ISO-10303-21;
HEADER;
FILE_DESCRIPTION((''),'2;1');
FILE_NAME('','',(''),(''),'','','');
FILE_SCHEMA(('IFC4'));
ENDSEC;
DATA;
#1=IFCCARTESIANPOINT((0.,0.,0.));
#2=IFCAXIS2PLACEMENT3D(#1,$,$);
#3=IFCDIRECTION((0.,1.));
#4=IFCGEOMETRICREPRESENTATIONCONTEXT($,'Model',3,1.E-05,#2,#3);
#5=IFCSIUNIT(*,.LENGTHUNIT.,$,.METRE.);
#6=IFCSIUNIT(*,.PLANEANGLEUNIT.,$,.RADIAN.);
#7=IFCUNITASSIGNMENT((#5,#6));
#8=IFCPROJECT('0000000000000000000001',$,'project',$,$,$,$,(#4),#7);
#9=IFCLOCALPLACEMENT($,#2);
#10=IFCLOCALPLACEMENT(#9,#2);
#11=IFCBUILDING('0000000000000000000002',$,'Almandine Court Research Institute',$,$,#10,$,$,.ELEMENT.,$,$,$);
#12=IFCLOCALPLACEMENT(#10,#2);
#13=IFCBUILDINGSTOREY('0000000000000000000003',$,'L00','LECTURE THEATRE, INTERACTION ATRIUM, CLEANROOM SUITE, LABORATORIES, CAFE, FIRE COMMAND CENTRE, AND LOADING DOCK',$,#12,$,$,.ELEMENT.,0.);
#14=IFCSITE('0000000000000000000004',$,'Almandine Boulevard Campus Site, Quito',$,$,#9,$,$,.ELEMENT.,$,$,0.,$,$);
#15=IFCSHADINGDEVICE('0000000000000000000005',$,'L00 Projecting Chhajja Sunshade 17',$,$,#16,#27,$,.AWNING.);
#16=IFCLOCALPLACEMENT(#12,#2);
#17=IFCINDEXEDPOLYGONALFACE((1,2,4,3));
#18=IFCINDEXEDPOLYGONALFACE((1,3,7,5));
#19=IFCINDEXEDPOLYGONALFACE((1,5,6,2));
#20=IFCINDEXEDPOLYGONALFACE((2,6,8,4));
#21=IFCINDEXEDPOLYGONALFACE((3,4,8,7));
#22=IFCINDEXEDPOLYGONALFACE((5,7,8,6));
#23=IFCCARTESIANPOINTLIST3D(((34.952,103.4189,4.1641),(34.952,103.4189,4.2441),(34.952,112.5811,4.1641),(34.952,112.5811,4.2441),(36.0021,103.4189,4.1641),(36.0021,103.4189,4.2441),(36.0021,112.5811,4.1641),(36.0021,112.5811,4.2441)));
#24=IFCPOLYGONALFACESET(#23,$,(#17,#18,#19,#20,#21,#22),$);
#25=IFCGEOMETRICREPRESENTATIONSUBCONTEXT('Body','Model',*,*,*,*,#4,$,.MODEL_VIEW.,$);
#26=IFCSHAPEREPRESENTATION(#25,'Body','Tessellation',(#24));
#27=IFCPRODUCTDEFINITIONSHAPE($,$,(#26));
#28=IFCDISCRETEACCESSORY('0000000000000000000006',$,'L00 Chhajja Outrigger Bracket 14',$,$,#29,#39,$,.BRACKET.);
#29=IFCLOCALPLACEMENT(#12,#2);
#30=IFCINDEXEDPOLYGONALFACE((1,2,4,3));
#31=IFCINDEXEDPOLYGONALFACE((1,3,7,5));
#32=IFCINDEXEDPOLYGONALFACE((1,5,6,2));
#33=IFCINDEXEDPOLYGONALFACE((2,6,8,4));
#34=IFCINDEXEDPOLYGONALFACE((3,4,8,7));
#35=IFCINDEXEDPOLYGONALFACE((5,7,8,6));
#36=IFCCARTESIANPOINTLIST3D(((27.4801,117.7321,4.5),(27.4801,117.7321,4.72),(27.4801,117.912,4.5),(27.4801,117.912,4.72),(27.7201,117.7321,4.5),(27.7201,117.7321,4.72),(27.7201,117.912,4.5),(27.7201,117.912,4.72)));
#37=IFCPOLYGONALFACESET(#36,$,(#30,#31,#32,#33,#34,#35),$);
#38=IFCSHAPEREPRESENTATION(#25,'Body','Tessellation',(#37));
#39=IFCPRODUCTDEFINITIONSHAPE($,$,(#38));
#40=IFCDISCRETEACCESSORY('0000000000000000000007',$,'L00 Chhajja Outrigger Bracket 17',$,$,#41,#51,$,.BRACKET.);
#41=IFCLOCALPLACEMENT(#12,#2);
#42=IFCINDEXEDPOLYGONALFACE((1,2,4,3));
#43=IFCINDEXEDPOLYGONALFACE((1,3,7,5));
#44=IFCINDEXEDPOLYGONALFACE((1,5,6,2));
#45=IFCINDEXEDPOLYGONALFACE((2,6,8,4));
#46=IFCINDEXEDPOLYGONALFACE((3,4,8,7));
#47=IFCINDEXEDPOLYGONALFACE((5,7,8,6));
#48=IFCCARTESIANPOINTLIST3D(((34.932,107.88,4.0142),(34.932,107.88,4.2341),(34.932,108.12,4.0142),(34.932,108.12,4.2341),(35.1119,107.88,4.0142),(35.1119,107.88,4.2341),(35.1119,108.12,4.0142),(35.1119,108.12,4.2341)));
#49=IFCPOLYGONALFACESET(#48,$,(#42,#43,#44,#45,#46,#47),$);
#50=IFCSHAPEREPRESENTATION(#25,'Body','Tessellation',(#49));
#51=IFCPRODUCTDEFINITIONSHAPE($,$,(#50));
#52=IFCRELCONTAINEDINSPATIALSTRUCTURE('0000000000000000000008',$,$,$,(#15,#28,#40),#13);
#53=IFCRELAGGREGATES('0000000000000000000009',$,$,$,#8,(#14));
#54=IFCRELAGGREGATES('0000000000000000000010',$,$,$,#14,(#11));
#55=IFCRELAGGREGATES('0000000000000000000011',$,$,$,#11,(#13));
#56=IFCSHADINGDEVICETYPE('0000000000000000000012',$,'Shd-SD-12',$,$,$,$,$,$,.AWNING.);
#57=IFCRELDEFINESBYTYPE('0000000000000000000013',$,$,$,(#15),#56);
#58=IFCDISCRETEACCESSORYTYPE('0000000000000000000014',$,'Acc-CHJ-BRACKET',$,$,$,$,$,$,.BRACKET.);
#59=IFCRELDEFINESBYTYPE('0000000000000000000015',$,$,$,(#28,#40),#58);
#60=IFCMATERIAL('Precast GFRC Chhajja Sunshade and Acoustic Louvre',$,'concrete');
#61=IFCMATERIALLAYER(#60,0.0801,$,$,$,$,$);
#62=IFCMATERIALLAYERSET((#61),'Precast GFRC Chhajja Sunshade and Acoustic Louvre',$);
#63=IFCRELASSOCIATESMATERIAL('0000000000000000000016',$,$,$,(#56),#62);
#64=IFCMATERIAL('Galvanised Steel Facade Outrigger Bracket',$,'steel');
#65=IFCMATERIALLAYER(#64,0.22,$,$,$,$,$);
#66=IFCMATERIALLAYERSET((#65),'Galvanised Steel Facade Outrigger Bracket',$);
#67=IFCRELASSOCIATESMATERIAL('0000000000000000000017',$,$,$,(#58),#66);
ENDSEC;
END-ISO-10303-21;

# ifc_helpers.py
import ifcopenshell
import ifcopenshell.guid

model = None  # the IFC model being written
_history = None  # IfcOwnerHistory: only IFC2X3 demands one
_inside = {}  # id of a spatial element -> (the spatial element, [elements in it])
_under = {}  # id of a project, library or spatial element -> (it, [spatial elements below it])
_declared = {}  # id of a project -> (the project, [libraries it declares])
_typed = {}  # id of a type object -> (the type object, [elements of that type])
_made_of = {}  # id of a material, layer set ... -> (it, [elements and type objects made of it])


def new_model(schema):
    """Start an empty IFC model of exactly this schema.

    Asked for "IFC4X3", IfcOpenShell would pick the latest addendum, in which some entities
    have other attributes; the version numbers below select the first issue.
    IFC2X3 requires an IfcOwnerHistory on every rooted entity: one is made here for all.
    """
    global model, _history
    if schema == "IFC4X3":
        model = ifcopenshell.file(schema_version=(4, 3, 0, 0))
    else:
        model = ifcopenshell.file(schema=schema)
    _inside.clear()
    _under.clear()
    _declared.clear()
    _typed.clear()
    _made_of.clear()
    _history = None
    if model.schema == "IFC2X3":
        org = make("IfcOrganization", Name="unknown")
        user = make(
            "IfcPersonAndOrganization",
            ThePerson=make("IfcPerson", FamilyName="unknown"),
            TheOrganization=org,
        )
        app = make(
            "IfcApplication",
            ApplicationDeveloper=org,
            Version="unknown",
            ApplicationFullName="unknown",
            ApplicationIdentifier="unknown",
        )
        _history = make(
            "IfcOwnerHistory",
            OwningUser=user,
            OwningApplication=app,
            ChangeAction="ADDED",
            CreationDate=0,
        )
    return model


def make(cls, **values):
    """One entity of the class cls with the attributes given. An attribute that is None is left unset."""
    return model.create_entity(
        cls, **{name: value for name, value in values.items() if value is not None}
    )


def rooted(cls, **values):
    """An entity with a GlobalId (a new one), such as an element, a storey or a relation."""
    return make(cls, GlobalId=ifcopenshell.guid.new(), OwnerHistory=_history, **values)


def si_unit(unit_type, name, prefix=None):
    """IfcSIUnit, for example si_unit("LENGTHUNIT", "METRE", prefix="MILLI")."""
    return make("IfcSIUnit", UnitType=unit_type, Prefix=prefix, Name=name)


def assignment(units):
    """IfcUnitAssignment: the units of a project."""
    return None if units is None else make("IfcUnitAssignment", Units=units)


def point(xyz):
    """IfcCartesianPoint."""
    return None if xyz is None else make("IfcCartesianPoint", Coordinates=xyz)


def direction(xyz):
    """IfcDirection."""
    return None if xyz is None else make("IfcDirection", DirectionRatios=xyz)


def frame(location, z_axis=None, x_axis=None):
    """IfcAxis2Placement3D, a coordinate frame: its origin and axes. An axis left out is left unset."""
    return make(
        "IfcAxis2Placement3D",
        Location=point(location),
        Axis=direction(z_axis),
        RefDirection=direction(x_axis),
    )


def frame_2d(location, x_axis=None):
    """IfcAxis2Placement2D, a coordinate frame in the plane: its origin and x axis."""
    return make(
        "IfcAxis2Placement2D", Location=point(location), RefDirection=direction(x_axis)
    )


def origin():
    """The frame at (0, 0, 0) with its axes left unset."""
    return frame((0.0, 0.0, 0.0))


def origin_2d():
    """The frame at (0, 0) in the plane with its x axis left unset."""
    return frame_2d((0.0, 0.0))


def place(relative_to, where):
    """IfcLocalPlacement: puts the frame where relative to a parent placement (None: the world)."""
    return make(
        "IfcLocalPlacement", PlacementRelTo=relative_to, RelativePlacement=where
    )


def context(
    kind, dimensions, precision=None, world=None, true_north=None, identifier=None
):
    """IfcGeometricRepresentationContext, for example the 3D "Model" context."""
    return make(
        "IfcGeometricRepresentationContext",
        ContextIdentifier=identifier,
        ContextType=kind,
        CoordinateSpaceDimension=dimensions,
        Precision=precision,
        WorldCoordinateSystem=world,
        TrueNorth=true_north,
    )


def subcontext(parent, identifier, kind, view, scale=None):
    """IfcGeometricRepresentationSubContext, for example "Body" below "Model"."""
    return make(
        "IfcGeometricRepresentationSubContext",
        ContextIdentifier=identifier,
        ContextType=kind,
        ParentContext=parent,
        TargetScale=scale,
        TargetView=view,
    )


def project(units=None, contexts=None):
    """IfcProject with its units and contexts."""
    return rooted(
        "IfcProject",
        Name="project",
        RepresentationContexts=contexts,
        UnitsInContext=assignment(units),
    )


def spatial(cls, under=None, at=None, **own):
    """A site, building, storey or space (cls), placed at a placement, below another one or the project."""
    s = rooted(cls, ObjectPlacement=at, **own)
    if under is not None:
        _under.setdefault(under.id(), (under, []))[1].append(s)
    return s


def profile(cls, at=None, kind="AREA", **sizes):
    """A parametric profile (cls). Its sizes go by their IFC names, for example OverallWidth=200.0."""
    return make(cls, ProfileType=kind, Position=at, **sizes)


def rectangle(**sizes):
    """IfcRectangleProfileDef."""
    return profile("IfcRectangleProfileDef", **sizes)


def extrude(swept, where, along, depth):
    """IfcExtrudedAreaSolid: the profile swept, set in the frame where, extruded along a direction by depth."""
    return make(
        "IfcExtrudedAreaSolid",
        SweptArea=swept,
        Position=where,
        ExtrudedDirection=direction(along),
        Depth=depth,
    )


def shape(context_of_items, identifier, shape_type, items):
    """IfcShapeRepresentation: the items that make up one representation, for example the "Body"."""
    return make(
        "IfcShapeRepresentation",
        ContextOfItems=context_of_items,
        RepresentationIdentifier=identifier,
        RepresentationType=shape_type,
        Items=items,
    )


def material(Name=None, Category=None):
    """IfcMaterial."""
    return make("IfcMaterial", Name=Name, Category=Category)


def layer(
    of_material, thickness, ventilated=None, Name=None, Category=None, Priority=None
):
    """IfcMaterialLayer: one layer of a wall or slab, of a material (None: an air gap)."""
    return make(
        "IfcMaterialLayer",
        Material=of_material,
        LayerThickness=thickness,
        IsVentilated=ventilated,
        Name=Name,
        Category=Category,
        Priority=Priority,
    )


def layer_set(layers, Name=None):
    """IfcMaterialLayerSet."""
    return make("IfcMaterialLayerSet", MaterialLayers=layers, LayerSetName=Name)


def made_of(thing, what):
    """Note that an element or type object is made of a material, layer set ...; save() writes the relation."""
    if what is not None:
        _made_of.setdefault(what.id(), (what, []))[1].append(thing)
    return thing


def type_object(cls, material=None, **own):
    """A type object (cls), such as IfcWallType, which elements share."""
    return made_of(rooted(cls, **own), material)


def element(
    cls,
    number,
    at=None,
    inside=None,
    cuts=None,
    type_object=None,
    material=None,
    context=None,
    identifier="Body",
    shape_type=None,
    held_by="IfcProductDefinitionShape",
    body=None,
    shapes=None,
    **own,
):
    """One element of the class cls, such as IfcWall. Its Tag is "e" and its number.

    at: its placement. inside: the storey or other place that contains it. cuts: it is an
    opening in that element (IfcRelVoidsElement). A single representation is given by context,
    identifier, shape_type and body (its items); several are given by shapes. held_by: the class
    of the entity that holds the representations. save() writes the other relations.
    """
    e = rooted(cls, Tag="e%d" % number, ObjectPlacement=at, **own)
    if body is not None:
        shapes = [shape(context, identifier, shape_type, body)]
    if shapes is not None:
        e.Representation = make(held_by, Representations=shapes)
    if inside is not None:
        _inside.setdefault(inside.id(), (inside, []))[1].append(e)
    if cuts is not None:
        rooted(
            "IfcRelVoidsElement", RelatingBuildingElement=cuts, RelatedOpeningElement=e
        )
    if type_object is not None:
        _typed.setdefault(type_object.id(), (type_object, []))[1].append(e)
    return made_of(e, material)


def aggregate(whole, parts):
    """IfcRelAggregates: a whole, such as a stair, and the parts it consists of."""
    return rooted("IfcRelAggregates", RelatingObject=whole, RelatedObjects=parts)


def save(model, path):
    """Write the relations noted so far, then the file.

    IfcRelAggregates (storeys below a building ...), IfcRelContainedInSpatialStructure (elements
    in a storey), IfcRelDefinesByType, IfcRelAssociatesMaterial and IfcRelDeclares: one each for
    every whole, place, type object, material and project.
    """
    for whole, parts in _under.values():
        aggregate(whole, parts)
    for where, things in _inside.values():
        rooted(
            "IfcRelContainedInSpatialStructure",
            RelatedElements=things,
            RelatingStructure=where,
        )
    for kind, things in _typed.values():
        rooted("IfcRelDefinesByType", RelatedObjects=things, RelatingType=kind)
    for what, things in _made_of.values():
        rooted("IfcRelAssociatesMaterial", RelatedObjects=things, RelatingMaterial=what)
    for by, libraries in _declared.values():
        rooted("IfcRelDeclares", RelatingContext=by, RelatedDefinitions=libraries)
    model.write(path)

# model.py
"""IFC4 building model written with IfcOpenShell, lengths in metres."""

from ifc_helpers import new_model, si_unit, direction, frame, origin, origin_2d, place, context, subcontext, project, spatial, rectangle, extrude, material, layer, layer_set, type_object, element, save


model = new_model("IFC4")

# Units and contexts
model_context = context("Model", 3, precision=1e-05, world=origin(), true_north=direction((0.0, 1.0)))
body_context = subcontext(model_context, "Body", "Model", "MODEL_VIEW")
ifc_project = project(units=[si_unit("LENGTHUNIT", "METRE"), si_unit("PLANEANGLEUNIT", "RADIAN")], contexts=[model_context])

# Site, building, storey
site_placement = place(None, origin())
site = spatial("IfcSite", under=ifc_project, at=site_placement, Name="Almandine Boulevard Campus Site, Quito", CompositionType="ELEMENT", RefElevation=0.0)
building_placement = place(site_placement, origin())
building = spatial("IfcBuilding", under=site, at=building_placement, Name="Almandine Court Research Institute", CompositionType="ELEMENT")
storey_placement = place(building_placement, origin())
storey = spatial("IfcBuildingStorey", under=building, at=storey_placement, Name="L00", Description="LECTURE THEATRE, INTERACTION ATRIUM, CLEANROOM SUITE, LABORATORIES, CAFE, FIRE COMMAND CENTRE, AND LOADING DOCK", CompositionType="ELEMENT", Elevation=0.0)

# Shading device
ifc_material_1 = material(Name="Precast GFRC Chhajja Sunshade and Acoustic Louvre", Category="concrete")
ifc_layer_1 = layer(ifc_material_1, 0.0801)
ifc_layer_set_1 = layer_set([ifc_layer_1], Name="Precast GFRC Chhajja Sunshade and Acoustic Louvre")
shading_device_type_1 = type_object("IfcShadingDeviceType", Name="Shd-SD-12", PredefinedType="AWNING", material=ifc_layer_set_1)
shading_device_1_placement = place(storey_placement, frame((35.4771, 108.0, 4.1641), z_axis=(0.0, 0.0, 1.0), x_axis=(0.0, -1.0, 0.0)))
element("IfcShadingDevice", 1, at=shading_device_1_placement, inside=storey, type_object=shading_device_type_1, Name="L00 Projecting Chhajja Sunshade 17", PredefinedType="AWNING", context=body_context, shape_type="SweptSolid", body=[
    extrude(rectangle(XDim=9.1621, YDim=1.05, at=origin_2d()), origin(), (0.0, 0.0, 1.0), 0.0801),
])

# Discrete accessories
ifc_material_2 = material(Name="Galvanised Steel Facade Outrigger Bracket", Category="steel")
ifc_layer_2 = layer(ifc_material_2, 0.22)
ifc_layer_set_2 = layer_set([ifc_layer_2], Name="Galvanised Steel Facade Outrigger Bracket")
discrete_accessory_type = type_object("IfcDiscreteAccessoryType", Name="Acc-CHJ-BRACKET", PredefinedType="BRACKET", material=ifc_layer_set_2)
for number, where, z_axis, x_axis, name in (
    (2, (27.6001, 117.822, 4.5), (0.0, 0.0, 1.0), (1.0, 0.0, 0.0), "L00 Chhajja Outrigger Bracket 14"),
    (3, (35.022, 108.0, 4.0142), (0.0, 0.0, 1.0), (0.0, -1.0, 0.0), "L00 Chhajja Outrigger Bracket 17"),
):
    element("IfcDiscreteAccessory", number, at=place(storey_placement, frame(where, z_axis=z_axis, x_axis=x_axis)), inside=storey, type_object=discrete_accessory_type, Name=name, PredefinedType="BRACKET", context=body_context, shape_type="SweptSolid", body=[
        extrude(rectangle(XDim=0.24, YDim=0.1799, at=origin_2d()), origin(), (0.0, 0.0, 1.0), 0.22),
    ])

save(model, "model.ifc")
